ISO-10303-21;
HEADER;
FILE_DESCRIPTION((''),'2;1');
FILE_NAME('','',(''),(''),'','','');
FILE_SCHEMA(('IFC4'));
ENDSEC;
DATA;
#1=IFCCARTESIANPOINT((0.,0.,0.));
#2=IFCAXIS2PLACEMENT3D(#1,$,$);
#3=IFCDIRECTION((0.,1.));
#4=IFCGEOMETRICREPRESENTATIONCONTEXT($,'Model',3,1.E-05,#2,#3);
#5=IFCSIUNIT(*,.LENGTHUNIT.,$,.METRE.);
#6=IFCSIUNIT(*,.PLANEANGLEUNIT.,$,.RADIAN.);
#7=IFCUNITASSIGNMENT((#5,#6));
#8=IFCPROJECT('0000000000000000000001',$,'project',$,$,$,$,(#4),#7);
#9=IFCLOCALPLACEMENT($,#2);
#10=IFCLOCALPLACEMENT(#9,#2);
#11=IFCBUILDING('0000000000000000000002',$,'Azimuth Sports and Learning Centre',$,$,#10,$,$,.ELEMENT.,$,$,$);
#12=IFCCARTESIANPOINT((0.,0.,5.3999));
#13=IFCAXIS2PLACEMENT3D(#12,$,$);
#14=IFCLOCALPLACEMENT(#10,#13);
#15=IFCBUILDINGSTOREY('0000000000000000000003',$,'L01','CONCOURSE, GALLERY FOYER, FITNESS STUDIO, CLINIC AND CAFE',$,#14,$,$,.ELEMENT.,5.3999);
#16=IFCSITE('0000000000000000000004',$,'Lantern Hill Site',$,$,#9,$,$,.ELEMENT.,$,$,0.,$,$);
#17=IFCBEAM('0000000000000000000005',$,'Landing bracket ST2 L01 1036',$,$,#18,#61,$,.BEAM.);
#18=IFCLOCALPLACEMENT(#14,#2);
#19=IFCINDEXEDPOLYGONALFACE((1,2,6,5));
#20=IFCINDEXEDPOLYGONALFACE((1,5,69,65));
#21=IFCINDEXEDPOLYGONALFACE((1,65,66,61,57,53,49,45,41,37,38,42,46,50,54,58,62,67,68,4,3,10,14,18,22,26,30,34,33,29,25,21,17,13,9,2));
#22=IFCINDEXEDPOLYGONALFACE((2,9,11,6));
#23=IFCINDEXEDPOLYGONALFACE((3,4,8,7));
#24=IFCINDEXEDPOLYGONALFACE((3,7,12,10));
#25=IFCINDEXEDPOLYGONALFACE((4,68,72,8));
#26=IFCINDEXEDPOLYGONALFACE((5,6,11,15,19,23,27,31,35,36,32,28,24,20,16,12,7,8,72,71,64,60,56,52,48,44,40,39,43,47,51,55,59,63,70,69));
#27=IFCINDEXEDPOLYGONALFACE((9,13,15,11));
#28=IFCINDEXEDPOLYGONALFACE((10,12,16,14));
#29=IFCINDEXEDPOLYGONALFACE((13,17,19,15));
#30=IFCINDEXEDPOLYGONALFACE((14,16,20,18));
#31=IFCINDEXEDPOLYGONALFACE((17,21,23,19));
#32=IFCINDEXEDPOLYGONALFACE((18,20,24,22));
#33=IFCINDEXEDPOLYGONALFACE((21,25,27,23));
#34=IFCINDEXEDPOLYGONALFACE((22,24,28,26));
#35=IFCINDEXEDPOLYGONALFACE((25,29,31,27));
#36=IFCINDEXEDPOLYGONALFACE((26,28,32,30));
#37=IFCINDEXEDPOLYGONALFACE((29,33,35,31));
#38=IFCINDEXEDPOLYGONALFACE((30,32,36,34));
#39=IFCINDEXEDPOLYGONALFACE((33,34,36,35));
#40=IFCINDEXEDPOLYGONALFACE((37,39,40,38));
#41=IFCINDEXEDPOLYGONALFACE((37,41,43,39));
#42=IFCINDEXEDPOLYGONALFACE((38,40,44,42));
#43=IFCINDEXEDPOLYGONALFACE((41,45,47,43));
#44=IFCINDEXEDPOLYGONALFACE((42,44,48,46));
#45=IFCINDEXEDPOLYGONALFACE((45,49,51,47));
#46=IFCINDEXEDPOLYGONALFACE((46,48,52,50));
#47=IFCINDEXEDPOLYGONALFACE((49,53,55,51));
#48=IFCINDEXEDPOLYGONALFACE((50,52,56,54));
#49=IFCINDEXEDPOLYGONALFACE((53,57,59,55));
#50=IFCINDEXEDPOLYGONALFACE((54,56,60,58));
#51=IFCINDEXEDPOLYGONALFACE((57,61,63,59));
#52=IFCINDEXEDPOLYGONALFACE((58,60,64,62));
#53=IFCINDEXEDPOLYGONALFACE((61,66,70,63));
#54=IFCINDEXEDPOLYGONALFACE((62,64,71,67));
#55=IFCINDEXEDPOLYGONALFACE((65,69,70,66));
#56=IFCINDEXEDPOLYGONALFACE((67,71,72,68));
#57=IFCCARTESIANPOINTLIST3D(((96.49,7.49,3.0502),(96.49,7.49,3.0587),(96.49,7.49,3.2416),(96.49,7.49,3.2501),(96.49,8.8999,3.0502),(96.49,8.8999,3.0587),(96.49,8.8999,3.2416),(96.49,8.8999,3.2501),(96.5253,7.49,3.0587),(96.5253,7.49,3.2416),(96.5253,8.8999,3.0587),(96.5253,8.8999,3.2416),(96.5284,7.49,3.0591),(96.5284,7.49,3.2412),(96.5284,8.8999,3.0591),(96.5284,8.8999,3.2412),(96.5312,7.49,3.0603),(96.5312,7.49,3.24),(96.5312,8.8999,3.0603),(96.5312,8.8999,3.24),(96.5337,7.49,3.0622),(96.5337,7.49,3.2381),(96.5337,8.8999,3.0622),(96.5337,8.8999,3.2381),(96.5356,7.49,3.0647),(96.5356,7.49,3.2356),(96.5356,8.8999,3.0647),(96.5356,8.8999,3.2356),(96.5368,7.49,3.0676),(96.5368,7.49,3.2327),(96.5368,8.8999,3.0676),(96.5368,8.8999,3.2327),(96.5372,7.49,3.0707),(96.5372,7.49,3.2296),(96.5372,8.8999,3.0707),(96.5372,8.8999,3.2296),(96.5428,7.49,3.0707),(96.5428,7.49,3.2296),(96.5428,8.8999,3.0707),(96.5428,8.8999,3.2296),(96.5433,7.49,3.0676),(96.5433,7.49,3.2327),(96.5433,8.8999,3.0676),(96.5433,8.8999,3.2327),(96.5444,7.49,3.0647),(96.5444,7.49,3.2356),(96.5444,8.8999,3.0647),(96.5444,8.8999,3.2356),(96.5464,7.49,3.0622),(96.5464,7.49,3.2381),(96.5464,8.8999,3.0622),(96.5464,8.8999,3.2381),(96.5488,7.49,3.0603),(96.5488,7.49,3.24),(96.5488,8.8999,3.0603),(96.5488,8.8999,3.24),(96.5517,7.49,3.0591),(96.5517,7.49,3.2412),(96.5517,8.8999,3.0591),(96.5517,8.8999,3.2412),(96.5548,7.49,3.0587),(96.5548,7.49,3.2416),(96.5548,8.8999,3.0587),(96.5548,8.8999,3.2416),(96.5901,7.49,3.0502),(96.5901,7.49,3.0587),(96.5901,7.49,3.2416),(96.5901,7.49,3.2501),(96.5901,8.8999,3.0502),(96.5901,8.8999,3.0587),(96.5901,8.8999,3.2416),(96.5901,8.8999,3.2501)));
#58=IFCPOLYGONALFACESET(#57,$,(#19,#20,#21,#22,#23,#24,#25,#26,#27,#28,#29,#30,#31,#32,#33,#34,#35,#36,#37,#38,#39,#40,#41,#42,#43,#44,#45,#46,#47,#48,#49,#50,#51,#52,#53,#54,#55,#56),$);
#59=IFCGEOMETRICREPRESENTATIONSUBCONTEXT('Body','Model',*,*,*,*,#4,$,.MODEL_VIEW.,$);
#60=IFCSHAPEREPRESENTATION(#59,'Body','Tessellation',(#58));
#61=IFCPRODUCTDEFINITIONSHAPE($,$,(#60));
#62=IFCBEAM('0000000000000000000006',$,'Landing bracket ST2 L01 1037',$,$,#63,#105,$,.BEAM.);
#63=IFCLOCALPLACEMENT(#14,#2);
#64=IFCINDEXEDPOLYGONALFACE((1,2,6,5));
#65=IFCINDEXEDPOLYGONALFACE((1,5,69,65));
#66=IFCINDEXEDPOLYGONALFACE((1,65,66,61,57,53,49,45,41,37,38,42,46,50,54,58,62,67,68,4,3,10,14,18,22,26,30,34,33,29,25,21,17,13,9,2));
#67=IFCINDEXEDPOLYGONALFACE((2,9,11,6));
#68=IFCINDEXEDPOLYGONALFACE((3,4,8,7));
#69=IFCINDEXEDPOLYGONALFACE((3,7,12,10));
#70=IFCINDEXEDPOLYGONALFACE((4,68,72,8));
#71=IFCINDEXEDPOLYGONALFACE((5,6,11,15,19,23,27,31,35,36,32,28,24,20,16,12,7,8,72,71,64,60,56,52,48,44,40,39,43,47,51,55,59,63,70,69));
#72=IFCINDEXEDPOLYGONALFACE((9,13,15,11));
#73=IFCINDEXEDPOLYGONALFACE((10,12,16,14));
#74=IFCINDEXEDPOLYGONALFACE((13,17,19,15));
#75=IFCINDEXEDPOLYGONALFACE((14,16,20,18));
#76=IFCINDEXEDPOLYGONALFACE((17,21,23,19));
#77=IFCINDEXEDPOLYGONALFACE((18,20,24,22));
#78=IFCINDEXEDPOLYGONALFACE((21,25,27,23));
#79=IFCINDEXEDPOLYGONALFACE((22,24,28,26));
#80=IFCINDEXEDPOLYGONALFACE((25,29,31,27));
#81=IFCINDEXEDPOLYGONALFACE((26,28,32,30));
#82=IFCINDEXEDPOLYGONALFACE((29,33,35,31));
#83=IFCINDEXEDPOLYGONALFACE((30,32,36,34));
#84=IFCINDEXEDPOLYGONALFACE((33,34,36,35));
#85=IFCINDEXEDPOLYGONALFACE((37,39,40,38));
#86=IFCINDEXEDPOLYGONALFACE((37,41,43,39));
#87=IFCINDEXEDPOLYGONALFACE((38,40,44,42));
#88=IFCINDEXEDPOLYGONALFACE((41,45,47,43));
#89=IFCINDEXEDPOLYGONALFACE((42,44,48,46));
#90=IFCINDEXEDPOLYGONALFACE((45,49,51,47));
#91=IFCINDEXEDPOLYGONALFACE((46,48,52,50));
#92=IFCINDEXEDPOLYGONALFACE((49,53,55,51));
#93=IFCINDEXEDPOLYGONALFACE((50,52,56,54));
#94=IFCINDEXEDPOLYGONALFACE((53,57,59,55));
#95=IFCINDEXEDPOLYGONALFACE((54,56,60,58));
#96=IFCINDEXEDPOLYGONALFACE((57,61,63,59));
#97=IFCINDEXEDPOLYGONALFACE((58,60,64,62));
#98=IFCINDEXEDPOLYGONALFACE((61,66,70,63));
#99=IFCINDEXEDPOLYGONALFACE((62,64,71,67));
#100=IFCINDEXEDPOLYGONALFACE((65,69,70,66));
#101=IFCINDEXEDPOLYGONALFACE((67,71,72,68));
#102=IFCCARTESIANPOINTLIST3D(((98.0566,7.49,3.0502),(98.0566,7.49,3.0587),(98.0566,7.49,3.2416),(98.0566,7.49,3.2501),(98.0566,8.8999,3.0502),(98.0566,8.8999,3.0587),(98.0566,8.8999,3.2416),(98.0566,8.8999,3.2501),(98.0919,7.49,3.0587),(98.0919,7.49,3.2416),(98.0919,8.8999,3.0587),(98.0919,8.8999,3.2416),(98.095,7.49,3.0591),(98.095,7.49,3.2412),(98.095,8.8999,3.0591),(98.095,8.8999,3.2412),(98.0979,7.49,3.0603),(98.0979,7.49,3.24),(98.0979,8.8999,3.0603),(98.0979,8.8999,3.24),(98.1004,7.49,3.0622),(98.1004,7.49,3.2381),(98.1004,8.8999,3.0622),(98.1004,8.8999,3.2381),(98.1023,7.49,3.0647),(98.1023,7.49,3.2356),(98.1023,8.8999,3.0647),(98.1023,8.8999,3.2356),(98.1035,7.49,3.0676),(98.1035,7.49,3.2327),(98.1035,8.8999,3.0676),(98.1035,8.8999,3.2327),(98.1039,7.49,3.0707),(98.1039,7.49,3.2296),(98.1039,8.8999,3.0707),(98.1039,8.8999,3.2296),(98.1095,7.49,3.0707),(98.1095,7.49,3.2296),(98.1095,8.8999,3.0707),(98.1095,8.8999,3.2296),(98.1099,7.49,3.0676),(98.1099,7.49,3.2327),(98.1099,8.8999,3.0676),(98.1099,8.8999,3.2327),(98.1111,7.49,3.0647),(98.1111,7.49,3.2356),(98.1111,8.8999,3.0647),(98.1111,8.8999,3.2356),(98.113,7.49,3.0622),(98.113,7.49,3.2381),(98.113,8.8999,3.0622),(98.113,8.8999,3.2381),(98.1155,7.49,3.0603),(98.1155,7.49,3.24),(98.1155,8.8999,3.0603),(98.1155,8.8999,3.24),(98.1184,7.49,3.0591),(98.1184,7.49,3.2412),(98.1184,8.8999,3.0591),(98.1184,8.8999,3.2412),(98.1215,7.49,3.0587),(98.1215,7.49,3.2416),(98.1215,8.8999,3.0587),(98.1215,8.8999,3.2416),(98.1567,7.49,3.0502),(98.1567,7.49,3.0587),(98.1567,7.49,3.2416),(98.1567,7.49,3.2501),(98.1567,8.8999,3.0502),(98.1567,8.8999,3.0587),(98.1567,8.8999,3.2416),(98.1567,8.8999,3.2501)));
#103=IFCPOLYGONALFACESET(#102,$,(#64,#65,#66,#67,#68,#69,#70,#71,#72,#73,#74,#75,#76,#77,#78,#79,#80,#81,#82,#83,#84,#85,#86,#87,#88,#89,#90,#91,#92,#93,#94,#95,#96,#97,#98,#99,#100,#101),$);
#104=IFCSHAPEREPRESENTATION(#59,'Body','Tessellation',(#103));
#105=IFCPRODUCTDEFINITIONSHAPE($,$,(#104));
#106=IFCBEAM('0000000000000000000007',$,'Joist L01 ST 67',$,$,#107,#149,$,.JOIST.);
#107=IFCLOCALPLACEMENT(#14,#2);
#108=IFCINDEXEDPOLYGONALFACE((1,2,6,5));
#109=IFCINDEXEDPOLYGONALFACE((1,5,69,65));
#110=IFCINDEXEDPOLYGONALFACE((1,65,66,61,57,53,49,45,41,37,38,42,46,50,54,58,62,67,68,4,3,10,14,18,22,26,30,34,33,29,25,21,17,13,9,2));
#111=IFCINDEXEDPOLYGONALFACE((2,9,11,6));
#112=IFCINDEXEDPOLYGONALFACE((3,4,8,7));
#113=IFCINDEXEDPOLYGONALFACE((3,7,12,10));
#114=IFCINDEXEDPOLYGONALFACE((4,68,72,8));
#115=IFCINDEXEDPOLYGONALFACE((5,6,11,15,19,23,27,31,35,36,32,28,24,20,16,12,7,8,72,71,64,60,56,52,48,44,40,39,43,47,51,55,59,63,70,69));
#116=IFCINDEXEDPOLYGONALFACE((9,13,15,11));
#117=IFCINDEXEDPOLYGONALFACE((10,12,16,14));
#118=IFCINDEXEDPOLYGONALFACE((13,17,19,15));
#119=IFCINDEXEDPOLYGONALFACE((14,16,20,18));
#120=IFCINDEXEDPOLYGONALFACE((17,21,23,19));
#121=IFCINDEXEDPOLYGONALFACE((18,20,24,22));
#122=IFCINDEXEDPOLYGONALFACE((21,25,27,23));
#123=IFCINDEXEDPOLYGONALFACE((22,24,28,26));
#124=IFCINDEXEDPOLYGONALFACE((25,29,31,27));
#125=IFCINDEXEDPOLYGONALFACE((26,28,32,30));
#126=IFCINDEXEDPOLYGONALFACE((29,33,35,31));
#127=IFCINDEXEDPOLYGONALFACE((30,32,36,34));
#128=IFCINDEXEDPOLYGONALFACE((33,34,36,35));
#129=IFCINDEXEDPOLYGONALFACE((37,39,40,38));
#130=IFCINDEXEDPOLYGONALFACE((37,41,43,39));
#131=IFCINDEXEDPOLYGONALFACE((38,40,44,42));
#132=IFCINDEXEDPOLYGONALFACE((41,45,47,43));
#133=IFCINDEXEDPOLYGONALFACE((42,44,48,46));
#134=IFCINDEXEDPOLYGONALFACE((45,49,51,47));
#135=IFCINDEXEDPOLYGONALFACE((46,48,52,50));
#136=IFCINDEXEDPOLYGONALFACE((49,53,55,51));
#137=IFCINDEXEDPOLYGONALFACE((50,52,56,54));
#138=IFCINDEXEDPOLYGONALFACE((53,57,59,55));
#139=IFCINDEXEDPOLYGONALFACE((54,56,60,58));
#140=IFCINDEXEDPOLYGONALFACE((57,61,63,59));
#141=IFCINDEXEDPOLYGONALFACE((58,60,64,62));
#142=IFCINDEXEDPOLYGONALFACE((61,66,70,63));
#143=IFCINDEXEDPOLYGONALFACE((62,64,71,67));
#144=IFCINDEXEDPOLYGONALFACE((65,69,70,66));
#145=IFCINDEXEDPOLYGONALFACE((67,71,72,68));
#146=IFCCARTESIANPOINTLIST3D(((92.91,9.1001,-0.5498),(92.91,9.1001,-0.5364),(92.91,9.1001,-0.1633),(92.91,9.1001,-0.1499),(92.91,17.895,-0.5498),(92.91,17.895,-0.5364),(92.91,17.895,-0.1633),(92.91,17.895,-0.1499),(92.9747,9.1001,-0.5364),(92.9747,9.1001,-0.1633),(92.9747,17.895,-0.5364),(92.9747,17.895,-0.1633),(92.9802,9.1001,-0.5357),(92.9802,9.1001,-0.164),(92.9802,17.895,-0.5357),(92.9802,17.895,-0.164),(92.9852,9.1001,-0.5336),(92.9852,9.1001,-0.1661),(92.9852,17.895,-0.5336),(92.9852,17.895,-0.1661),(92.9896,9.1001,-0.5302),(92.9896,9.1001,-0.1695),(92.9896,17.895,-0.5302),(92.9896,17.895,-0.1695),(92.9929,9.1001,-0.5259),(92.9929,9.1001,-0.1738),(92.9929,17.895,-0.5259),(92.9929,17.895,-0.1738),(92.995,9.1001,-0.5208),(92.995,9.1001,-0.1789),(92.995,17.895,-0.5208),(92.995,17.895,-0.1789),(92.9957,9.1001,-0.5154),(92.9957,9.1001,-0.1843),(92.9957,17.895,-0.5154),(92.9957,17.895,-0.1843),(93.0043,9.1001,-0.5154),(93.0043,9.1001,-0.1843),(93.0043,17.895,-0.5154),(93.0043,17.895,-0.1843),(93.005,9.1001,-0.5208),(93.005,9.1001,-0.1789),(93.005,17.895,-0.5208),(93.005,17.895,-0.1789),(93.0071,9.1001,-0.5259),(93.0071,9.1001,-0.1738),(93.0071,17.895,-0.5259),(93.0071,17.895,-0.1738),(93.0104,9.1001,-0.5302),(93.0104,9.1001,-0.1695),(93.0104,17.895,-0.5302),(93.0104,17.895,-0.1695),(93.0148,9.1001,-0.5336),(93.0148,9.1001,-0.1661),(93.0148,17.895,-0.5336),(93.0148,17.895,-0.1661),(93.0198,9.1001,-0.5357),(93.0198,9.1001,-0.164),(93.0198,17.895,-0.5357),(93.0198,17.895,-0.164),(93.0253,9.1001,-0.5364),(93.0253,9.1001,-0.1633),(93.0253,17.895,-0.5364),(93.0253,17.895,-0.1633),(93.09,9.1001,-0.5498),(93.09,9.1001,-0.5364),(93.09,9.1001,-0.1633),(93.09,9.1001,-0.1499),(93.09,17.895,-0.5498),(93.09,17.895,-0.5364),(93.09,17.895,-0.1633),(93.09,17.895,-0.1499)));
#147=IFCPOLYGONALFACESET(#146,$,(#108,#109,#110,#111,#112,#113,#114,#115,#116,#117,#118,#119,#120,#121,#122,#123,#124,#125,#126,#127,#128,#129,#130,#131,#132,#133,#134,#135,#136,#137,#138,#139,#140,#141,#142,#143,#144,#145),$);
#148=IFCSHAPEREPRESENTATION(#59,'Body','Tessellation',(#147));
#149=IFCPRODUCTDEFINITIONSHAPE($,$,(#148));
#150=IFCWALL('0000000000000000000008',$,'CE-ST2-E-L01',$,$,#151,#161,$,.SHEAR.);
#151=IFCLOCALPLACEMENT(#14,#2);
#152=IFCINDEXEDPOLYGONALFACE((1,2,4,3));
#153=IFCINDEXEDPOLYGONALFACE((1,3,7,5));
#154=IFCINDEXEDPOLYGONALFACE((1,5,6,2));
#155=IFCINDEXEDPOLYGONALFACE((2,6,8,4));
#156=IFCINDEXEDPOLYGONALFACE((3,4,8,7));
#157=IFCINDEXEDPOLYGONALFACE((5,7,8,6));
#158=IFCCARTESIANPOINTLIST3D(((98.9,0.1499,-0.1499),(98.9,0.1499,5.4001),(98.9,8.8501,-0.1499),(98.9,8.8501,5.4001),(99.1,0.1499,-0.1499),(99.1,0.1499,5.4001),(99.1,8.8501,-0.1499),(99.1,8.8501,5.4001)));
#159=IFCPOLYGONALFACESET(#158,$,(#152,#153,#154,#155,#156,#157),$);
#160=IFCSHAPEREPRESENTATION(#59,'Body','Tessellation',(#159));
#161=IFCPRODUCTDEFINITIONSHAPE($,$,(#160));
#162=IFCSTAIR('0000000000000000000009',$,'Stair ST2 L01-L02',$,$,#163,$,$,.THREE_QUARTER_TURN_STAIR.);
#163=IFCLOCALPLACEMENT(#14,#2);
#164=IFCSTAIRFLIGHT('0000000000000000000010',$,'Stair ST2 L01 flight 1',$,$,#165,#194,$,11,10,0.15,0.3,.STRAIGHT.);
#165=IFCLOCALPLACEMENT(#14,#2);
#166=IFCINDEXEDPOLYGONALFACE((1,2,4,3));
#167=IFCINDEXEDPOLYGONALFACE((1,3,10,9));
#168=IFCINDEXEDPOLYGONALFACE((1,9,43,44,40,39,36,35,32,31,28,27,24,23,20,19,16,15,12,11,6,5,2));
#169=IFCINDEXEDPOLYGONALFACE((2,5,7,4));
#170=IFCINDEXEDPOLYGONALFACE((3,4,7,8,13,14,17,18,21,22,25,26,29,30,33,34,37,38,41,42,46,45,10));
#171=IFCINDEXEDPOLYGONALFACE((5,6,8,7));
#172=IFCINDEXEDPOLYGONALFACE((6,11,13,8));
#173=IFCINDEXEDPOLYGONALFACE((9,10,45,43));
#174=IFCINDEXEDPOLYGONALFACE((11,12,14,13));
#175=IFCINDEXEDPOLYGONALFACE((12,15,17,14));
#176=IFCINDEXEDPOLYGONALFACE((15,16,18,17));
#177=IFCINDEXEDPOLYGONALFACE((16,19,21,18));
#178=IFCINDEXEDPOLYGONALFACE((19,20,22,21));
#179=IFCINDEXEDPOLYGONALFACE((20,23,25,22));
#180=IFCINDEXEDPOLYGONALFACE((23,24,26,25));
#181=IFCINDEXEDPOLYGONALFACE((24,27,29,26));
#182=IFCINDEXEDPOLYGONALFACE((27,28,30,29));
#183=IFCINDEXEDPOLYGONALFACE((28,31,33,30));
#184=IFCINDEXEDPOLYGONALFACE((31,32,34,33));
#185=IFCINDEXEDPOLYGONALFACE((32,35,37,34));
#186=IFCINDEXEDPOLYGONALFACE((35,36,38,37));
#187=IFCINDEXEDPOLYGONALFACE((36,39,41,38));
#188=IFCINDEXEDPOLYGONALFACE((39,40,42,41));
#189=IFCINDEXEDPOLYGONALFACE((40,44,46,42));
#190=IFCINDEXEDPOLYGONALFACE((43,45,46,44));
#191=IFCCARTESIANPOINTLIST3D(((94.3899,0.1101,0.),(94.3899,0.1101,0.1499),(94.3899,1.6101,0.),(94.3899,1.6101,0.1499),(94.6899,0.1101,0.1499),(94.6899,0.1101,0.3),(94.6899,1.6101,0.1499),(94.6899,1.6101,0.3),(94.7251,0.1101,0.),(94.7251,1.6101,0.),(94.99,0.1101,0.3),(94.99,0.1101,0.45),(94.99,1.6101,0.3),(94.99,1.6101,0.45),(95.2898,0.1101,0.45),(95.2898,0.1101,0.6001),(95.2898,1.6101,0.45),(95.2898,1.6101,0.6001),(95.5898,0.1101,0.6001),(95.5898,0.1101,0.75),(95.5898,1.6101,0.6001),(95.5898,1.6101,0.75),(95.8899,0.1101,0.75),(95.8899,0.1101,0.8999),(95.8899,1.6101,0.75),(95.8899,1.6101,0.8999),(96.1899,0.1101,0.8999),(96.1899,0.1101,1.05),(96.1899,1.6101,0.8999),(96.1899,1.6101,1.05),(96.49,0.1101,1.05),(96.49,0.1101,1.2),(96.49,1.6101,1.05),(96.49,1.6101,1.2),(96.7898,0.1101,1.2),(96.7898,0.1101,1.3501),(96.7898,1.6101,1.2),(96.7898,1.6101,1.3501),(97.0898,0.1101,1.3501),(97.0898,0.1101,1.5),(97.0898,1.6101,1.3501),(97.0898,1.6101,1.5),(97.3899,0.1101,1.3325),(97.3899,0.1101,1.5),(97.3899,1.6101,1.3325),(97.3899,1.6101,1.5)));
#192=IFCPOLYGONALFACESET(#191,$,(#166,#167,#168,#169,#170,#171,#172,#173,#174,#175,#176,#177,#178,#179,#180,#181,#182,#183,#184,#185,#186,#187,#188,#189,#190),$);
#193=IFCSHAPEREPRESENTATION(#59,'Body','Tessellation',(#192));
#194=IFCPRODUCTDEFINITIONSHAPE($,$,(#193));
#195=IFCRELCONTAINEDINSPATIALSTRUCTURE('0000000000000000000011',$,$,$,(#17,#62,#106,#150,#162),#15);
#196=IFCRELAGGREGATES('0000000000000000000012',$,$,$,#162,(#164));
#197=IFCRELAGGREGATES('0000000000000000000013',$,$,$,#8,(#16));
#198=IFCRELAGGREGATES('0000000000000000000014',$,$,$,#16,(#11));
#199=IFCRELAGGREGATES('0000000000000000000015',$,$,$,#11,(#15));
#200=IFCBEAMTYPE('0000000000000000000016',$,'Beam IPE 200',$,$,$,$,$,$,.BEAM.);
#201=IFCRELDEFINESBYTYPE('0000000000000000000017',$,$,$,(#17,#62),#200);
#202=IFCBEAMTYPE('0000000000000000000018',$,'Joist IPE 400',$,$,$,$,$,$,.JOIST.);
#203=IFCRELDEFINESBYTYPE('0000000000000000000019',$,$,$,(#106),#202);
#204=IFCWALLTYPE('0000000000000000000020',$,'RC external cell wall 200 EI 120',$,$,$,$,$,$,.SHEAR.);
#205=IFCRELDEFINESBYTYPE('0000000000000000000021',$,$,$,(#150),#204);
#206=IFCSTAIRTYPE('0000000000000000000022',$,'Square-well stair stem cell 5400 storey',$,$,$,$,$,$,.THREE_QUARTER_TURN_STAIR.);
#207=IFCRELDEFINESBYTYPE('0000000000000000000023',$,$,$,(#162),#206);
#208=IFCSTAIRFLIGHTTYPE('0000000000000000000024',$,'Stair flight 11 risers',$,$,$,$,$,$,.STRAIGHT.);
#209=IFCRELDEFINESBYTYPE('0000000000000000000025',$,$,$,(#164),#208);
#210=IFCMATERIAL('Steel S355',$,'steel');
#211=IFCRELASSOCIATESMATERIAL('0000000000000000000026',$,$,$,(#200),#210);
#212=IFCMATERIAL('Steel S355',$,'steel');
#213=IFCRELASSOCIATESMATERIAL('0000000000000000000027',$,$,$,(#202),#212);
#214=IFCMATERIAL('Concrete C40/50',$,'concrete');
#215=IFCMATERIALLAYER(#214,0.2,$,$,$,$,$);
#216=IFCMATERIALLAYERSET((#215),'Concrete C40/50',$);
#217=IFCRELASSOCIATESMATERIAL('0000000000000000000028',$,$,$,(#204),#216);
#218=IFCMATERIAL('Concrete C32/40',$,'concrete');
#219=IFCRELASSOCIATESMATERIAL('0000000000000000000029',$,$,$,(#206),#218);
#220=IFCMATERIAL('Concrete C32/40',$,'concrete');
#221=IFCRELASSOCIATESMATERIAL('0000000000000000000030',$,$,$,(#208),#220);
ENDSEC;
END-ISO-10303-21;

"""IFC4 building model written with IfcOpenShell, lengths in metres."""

from ifc_helpers import new_model, si_unit, direction, frame, frame_2d, origin, origin_2d, place, context, subcontext, project, spatial, polyline, rectangle, i_section, outline, extrude, material, layer, layer_set, material_profile, profile_set, type_object, element, aggregate, save


model = new_model("IFC4")

# Units and contexts
model_context = context("Model", 3, precision=1e-05, world=origin(), true_north=direction((0.0, 1.0)))
body_context = subcontext(model_context, "Body", "Model", "MODEL_VIEW")
ifc_project = project(units=[si_unit("LENGTHUNIT", "METRE"), si_unit("PLANEANGLEUNIT", "RADIAN")], contexts=[model_context])

# Site, building, storey
site_placement = place(None, origin())
site = spatial("IfcSite", under=ifc_project, at=site_placement, Name="Lantern Hill Site", CompositionType="ELEMENT", RefElevation=0.0)
building_placement = place(site_placement, origin())
building = spatial("IfcBuilding", under=site, at=building_placement, Name="Azimuth Sports and Learning Centre", CompositionType="ELEMENT")
storey_placement = place(building_placement, frame((0.0, 0.0, 5.3999)))
storey = spatial("IfcBuildingStorey", under=building, at=storey_placement, Name="L01", Description="CONCOURSE, GALLERY FOYER, FITNESS STUDIO, CLINIC AND CAFE", CompositionType="ELEMENT", Elevation=5.3999)

# Beams
ifc_material_1 = material(Name="Steel S355", Category="steel")
ifc_material_profile_1 = material_profile(ifc_material_1, i_section(OverallWidth=0.1001, OverallDepth=0.2, WebThickness=0.0056, FlangeThickness=0.0085, FilletRadius=0.012, at=origin_2d()), Name="IPE 200")
ifc_profile_set_1 = profile_set([ifc_material_profile_1], Name="Steel S355")
beam_type_1 = type_object("IfcBeamType", Name="Beam IPE 200", PredefinedType="BEAM", material=ifc_profile_set_1)
for number, where, z_axis, x_axis, name in (
    (1, (96.54, 8.8999, 3.1501), (0.0, -1.0, 0.0), (1.0, 0.0, 0.0), "Landing bracket ST2 L01 1036"),
    (2, (98.1067, 8.8999, 3.1501), (0.0, -1.0, 0.0), (1.0, 0.0, 0.0), "Landing bracket ST2 L01 1037"),
):
    element("IfcBeam", number, at=place(storey_placement, frame(where, z_axis=z_axis, x_axis=x_axis)), inside=storey, type_object=beam_type_1, Name=name, PredefinedType="BEAM", context=body_context, shape_type="SweptSolid", body=[
        extrude(i_section(OverallWidth=0.1001, OverallDepth=0.2, WebThickness=0.0056, FlangeThickness=0.0085, FilletRadius=0.012, at=origin_2d()), origin(), (0.0, 0.0, 1.0), 1.4099),
    ])
ifc_material_2 = material(Name="Steel S355", Category="steel")
ifc_material_profile_2 = material_profile(ifc_material_2, i_section(OverallWidth=0.1799, OverallDepth=0.3999, WebThickness=0.0085, FlangeThickness=0.0134, FilletRadius=0.021, at=origin_2d()), Name="IPE 400")
ifc_profile_set_2 = profile_set([ifc_material_profile_2], Name="Steel S355")
beam_type_2 = type_object("IfcBeamType", Name="Joist IPE 400", PredefinedType="JOIST", material=ifc_profile_set_2)
beam_placement = place(storey_placement, frame((93.0, 9.1001, -0.3499), z_axis=(0.0, 1.0, 0.0), x_axis=(-1.0, 0.0, 0.0)))
element("IfcBeam", 3, at=beam_placement, inside=storey, type_object=beam_type_2, Name="Joist L01 ST 67", PredefinedType="JOIST", context=body_context, shape_type="SweptSolid", body=[
    extrude(i_section(OverallWidth=0.1799, OverallDepth=0.3999, WebThickness=0.0085, FlangeThickness=0.0134, FilletRadius=0.021, at=origin_2d()), origin(), (0.0, 0.0, 1.0), 8.7949),
])

# Wall
ifc_material_3 = material(Name="Concrete C40/50", Category="concrete")
ifc_layer_1 = layer(ifc_material_3, 0.2)
ifc_layer_set_1 = layer_set([ifc_layer_1], Name="Concrete C40/50")
wall_type = type_object("IfcWallType", Name="RC external cell wall 200 EI 120", PredefinedType="SHEAR", material=ifc_layer_set_1)
wall_placement = place(storey_placement, frame((99.0, 0.1499, -0.1499), z_axis=(0.0, 0.0, 1.0), x_axis=(0.0, 1.0, 0.0)))
element("IfcWall", 4, at=wall_placement, inside=storey, type_object=wall_type, Name="CE-ST2-E-L01", PredefinedType="SHEAR", context=body_context, shape_type="SweptSolid", body=[
    extrude(rectangle(XDim=8.7002, YDim=0.2, at=frame_2d((4.3501, 0.0))), origin(), (0.0, 0.0, 1.0), 5.55),
])

# Stair, stair flight
ifc_material_4 = material(Name="Concrete C32/40", Category="concrete")
stair_type = type_object("IfcStairType", Name="Square-well stair stem cell 5400 storey", PredefinedType="THREE_QUARTER_TURN_STAIR", material=ifc_material_4)
stair_placement = place(storey_placement, origin())
stair = element("IfcStair", 5, at=stair_placement, inside=storey, type_object=stair_type, Name="Stair ST2 L01-L02", PredefinedType="THREE_QUARTER_TURN_STAIR")
ifc_material_5 = material(Name="Concrete C32/40", Category="concrete")
stair_flight_type_1 = type_object("IfcStairFlightType", Name="Stair flight 11 risers", PredefinedType="STRAIGHT", material=ifc_material_5)
stair_flight_1_placement = place(storey_placement, frame((94.3899, 0.8601, 0.0), z_axis=(0.0, 0.0, 1.0), x_axis=(1.0, 0.0, 0.0)))
stair_flight_1 = element("IfcStairFlight", 6, at=stair_flight_1_placement, type_object=stair_flight_type_1, Name="Stair ST2 L01 flight 1", NumberOfRisers=11, NumberOfTreads=10, PredefinedType="STRAIGHT", RiserHeight=0.15, TreadLength=0.3, context=body_context, shape_type="SweptSolid", body=[
    extrude(outline(polyline([(0.0, 0.0), (0.0, 0.1499), (0.3, 0.1499), (0.3, 0.3), (0.6001, 0.3), (0.6001, 0.45), (0.8999, 0.45), (0.8999, 0.6001), (1.2, 0.6001), (1.2, 0.75), (1.5, 0.75), (1.5, 0.8999), (1.8, 0.8999), (1.8, 1.05), (2.1001, 1.05), (2.1001, 1.2), (2.3999, 1.2), (2.3999, 1.3501), (2.7, 1.3501), (2.7, 1.5), (3.0, 1.5), (3.0, 1.6499), (3.0, 1.3325), (0.3352, 0.0), (0.0, 0.0)])), frame((0.0, 0.75, 0.0), z_axis=(0.0, -1.0, 0.0), x_axis=(1.0, 0.0, 0.0)), (0.0, 0.0, 1.0), 1.5),
])
aggregate(stair, [stair_flight_1])

save(model, "model.ifc")
